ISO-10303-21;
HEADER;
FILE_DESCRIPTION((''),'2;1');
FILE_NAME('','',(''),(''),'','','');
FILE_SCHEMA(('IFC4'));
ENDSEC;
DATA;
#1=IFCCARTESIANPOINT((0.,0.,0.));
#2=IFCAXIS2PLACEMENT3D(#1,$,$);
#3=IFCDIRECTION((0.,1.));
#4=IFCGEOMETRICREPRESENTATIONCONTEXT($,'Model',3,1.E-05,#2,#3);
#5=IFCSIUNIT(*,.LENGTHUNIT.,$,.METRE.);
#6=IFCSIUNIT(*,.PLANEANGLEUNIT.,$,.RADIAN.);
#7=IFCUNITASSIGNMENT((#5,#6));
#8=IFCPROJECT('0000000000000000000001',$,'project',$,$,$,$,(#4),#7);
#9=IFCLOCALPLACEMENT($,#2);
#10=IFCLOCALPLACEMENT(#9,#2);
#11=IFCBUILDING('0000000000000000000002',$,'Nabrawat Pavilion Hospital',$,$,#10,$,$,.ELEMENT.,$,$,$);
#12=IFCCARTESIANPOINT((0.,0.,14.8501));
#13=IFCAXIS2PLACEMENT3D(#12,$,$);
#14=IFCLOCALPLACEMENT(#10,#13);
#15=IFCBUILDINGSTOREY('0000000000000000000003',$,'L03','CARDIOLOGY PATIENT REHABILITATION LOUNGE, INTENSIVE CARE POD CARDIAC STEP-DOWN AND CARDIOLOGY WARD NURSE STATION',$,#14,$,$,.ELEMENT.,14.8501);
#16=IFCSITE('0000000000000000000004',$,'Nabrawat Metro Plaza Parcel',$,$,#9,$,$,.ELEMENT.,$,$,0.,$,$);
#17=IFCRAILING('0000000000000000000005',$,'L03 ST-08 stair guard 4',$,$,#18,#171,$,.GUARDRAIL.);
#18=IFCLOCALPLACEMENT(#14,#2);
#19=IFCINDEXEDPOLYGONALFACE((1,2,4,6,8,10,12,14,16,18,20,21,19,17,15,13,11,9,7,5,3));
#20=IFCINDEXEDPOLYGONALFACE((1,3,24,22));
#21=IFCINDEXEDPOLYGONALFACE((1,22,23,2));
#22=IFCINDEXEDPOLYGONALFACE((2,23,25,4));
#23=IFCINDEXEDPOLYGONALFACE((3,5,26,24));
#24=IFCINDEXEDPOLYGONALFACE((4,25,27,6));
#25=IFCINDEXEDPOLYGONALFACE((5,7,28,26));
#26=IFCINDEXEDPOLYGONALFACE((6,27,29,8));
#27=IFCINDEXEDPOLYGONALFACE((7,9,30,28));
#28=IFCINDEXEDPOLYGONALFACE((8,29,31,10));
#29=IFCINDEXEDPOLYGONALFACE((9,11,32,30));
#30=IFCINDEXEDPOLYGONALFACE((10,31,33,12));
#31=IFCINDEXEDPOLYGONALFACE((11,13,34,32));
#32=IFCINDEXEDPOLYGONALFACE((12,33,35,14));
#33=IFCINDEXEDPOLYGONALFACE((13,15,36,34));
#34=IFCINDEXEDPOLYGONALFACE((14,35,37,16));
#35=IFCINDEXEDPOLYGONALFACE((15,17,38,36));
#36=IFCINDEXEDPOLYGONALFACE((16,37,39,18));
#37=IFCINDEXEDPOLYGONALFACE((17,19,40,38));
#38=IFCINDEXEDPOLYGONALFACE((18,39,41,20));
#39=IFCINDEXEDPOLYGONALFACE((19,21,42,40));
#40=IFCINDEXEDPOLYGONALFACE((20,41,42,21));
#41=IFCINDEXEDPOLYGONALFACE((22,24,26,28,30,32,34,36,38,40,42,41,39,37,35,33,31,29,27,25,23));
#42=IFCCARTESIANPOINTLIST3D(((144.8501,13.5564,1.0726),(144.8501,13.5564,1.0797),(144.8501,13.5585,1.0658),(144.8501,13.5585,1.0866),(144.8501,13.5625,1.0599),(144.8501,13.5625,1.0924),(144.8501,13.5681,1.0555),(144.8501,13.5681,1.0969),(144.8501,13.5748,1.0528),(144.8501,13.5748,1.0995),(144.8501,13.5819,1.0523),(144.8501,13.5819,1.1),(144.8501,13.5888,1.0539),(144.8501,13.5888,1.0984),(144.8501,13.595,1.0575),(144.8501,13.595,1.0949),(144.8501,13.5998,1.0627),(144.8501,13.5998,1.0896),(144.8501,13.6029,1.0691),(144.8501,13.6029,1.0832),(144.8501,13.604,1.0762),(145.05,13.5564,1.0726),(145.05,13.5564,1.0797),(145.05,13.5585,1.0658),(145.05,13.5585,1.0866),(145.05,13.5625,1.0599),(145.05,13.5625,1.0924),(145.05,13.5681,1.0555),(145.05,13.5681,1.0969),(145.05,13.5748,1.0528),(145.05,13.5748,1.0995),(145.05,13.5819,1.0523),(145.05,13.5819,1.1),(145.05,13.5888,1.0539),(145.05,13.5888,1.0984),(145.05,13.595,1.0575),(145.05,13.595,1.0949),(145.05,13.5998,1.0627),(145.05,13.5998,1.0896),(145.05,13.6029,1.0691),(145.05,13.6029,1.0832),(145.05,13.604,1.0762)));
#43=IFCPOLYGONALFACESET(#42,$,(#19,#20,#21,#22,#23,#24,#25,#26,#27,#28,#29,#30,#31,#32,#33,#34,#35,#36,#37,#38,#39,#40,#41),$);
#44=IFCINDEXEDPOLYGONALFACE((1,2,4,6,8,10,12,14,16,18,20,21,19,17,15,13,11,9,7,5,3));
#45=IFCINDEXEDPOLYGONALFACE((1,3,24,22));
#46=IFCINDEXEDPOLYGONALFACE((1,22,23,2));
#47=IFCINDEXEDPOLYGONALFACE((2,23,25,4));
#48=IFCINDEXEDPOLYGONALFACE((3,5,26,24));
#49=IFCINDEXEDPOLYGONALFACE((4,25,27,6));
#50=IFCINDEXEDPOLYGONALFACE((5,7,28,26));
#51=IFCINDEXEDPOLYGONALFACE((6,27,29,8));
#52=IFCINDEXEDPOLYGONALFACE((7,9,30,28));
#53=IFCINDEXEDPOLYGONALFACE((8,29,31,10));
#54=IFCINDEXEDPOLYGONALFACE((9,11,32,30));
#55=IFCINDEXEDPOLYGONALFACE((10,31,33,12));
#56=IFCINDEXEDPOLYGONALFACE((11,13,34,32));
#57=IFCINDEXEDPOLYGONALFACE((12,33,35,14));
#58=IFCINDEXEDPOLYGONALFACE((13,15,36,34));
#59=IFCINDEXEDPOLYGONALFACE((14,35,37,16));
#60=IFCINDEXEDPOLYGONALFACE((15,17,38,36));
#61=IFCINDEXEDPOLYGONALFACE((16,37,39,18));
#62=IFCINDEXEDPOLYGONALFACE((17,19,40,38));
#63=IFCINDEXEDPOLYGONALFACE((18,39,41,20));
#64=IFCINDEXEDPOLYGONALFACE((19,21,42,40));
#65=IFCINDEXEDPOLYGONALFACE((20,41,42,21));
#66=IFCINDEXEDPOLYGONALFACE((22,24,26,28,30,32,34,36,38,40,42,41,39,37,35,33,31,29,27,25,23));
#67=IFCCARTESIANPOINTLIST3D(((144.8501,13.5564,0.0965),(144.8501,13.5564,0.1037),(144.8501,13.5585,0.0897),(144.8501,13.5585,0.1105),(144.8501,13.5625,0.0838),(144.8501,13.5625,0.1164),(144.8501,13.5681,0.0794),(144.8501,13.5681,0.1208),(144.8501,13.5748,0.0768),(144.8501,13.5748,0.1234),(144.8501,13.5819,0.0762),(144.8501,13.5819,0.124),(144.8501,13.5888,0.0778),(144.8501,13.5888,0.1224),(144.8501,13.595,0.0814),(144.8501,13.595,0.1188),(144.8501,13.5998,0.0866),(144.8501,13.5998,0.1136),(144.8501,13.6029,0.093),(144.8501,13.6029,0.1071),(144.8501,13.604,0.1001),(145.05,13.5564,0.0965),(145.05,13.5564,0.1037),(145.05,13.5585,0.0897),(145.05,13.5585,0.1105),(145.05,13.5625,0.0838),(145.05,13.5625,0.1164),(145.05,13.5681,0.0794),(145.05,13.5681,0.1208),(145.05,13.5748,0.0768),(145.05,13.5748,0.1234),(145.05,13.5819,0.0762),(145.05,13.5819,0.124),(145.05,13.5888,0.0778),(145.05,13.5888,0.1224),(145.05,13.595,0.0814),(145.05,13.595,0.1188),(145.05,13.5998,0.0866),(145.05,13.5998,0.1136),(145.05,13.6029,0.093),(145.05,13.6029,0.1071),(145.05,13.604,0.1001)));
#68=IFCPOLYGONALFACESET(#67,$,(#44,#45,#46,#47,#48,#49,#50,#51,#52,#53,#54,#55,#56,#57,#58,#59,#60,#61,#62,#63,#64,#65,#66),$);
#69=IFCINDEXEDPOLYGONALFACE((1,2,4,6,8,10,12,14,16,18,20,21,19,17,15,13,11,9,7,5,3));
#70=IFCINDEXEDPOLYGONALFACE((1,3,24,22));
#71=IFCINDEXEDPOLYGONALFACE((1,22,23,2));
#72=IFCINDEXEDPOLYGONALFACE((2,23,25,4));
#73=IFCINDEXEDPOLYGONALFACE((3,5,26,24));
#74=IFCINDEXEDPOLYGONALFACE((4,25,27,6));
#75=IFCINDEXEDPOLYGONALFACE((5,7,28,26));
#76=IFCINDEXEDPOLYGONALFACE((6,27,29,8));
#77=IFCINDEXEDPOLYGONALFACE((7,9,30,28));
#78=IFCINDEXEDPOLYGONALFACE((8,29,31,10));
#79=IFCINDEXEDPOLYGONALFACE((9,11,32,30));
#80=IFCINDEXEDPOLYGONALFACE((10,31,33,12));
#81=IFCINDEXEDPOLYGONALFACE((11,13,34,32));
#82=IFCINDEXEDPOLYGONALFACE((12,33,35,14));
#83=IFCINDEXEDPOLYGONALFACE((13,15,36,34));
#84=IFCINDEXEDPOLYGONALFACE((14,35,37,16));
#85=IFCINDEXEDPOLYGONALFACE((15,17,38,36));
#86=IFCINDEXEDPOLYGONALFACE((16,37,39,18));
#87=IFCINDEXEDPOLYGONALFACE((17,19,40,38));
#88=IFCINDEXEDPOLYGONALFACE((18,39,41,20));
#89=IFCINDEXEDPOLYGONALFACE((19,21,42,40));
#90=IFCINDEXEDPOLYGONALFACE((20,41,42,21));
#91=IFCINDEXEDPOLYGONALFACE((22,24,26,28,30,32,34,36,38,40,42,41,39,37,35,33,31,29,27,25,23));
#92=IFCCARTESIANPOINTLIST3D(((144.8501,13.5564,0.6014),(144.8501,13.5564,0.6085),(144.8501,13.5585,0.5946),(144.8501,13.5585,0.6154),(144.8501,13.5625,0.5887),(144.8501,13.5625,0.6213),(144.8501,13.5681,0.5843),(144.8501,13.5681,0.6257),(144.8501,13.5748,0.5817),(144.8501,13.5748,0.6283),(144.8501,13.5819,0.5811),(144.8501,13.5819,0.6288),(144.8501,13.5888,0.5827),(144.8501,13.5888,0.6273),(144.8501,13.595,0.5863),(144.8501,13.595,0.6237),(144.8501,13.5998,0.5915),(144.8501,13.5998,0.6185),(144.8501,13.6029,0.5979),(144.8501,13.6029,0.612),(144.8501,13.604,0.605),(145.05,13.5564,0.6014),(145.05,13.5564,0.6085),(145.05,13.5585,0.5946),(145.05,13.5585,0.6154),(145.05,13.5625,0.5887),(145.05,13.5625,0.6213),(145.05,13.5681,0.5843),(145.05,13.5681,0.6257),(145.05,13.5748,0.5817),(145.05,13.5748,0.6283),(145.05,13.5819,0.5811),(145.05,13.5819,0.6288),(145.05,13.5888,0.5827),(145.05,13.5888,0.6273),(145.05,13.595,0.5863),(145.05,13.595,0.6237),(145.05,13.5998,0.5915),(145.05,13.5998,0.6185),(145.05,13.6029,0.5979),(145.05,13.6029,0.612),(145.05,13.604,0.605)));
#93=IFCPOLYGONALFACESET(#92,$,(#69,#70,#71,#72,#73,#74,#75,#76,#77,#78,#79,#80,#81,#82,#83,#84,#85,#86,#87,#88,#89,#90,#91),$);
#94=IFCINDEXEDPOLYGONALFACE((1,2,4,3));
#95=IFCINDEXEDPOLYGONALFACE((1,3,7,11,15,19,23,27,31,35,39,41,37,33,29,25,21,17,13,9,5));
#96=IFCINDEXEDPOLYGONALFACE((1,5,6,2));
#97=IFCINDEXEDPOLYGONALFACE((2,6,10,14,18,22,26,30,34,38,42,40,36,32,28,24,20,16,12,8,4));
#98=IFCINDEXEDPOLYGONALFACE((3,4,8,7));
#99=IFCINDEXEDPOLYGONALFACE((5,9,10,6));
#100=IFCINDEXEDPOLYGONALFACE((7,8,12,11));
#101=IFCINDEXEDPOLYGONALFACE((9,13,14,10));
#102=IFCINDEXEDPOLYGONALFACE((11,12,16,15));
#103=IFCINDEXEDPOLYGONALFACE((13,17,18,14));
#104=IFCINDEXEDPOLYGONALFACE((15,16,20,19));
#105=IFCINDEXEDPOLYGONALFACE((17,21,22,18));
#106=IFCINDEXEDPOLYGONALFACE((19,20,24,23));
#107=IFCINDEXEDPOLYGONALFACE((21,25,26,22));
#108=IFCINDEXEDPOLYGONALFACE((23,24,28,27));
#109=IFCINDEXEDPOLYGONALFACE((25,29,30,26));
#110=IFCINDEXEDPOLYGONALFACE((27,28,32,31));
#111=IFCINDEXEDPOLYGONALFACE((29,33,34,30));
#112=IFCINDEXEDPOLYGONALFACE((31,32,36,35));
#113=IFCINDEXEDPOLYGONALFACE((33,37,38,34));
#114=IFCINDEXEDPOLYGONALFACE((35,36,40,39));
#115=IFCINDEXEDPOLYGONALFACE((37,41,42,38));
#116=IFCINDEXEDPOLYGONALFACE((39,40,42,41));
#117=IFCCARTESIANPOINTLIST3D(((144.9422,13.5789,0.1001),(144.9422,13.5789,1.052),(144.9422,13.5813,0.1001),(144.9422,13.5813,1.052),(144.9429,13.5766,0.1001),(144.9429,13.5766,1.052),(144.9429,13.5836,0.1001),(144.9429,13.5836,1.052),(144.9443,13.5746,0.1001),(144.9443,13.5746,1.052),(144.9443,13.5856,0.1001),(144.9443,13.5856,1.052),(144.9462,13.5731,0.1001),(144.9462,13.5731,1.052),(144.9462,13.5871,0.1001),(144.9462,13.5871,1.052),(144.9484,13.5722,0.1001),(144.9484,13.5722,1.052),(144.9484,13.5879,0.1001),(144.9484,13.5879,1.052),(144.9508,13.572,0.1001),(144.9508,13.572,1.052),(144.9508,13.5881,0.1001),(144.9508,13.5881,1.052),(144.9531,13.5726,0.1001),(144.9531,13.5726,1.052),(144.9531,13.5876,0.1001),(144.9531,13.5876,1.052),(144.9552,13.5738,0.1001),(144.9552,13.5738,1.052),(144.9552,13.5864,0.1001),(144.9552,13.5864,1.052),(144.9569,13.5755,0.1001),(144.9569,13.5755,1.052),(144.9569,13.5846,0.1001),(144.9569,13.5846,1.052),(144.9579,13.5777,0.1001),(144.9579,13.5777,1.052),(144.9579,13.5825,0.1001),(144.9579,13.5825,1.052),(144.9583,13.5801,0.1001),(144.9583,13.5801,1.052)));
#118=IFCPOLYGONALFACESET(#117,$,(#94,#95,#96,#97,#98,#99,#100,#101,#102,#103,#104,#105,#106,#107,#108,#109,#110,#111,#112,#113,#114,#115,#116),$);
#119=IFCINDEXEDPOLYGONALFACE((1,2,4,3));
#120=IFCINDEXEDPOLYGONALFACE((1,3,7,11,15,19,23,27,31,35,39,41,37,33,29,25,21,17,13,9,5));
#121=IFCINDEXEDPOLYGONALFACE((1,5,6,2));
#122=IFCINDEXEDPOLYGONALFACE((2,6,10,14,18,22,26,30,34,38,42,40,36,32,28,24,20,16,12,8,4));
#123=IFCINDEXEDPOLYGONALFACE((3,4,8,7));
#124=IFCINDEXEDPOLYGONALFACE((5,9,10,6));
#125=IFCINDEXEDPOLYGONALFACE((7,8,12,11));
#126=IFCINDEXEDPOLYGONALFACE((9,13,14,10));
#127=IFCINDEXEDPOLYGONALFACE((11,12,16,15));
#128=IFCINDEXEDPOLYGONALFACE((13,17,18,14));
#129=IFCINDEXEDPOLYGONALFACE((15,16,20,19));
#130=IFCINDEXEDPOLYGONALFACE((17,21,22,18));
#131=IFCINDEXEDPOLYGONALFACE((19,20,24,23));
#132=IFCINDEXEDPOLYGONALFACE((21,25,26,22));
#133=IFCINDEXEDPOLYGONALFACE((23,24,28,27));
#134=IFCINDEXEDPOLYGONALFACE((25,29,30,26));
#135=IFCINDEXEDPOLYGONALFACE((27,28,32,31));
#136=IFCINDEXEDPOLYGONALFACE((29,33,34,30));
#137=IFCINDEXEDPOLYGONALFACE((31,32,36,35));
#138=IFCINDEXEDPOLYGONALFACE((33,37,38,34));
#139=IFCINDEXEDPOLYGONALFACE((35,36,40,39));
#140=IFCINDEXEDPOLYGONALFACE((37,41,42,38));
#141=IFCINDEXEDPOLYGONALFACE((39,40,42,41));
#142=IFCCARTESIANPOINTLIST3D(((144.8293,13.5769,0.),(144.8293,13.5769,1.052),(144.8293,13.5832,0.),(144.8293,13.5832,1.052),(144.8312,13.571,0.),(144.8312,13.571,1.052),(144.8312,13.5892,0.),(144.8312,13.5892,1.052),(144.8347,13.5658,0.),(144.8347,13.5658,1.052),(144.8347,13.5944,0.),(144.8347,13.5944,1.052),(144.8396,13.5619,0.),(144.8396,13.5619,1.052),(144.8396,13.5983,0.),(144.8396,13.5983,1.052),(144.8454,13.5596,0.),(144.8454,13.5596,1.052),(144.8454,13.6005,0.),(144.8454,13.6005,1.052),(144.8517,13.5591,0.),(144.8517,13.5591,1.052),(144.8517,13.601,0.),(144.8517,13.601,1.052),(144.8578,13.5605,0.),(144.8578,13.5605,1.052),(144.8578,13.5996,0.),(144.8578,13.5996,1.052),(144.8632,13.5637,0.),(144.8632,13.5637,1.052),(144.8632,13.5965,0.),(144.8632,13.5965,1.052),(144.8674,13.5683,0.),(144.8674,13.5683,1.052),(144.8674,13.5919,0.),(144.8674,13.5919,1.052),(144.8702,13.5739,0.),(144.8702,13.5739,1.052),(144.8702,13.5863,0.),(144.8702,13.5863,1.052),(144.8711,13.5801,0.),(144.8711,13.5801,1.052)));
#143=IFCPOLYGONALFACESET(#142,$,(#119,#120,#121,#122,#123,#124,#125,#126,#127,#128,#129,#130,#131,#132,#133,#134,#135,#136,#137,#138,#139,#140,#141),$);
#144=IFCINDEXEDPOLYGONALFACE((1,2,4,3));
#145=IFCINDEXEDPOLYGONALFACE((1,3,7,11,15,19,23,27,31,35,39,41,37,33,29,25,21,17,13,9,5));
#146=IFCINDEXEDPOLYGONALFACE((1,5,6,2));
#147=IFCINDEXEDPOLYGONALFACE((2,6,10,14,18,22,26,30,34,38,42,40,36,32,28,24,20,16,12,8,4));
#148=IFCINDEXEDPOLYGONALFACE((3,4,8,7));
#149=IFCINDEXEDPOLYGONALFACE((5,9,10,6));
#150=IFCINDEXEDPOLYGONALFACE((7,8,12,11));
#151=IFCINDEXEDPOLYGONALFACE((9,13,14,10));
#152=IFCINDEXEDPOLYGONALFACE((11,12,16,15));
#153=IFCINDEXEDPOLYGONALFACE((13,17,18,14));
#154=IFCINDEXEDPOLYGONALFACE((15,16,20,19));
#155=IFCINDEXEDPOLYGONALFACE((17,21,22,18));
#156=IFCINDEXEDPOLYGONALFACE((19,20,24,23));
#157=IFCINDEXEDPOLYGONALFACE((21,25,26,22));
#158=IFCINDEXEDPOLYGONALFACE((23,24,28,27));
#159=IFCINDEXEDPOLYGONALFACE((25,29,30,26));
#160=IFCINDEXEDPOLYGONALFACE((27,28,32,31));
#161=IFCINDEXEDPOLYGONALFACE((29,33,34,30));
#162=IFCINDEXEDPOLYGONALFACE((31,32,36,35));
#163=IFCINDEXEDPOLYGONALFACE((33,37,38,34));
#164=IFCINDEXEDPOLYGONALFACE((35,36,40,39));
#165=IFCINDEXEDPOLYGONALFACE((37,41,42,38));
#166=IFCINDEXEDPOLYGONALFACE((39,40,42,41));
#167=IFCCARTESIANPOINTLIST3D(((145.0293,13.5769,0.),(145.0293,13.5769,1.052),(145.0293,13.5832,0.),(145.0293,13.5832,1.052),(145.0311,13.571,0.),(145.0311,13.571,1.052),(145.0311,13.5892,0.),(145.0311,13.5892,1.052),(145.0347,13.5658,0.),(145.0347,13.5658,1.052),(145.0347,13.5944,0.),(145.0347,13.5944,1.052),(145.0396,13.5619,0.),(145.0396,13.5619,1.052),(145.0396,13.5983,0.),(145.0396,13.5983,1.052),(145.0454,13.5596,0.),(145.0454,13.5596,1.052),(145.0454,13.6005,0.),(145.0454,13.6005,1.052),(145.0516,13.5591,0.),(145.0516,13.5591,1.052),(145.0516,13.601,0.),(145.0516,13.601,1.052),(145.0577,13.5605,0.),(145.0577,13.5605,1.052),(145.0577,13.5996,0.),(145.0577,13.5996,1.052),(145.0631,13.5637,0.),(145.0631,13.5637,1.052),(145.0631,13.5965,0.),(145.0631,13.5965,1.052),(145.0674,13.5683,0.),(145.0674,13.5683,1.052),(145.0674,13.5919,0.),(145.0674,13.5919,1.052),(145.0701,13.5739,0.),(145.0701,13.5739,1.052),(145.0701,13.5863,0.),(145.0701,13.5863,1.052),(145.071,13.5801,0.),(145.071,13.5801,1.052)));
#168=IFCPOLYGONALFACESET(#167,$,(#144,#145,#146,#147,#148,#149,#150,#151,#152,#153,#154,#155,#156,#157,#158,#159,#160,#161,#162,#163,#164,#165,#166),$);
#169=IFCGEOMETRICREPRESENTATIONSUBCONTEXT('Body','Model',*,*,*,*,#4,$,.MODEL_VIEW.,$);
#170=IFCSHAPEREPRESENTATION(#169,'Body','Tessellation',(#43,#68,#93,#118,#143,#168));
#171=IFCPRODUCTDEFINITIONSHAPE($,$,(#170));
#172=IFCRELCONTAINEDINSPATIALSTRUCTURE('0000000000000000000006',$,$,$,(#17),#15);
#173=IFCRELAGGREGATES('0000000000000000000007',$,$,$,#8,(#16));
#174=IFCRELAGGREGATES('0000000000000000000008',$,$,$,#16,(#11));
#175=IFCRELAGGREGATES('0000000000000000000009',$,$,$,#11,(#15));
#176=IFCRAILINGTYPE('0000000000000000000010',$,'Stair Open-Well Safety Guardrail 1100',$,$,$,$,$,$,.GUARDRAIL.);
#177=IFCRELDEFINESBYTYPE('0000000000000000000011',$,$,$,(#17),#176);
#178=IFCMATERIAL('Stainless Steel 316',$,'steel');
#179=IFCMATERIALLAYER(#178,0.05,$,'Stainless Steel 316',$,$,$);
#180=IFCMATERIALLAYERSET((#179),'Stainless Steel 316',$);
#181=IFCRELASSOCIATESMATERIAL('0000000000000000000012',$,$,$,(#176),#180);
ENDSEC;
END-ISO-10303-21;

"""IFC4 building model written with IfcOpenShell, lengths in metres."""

from ifc_helpers import new_model, si_unit, direction, frame, origin, origin_2d, place, context, subcontext, project, spatial, circle, extrude, material, layer, layer_set, type_object, element, save


model = new_model("IFC4")

# Units and contexts
model_context = context("Model", 3, precision=1e-05, world=origin(), true_north=direction((0.0, 1.0)))
body_context = subcontext(model_context, "Body", "Model", "MODEL_VIEW")
ifc_project = project(units=[si_unit("LENGTHUNIT", "METRE"), si_unit("PLANEANGLEUNIT", "RADIAN")], contexts=[model_context])

# Site, building, storey
site_placement = place(None, origin())
site = spatial("IfcSite", under=ifc_project, at=site_placement, Name="Nabrawat Metro Plaza Parcel", CompositionType="ELEMENT", RefElevation=0.0)
building_placement = place(site_placement, origin())
building = spatial("IfcBuilding", under=site, at=building_placement, Name="Nabrawat Pavilion Hospital", CompositionType="ELEMENT")
storey_placement = place(building_placement, frame((0.0, 0.0, 14.8501)))
storey = spatial("IfcBuildingStorey", under=building, at=storey_placement, Name="L03", Description="CARDIOLOGY PATIENT REHABILITATION LOUNGE, INTENSIVE CARE POD CARDIAC STEP-DOWN AND CARDIOLOGY WARD NURSE STATION", CompositionType="ELEMENT", Elevation=14.8501)

# Railing
ifc_material_1 = material(Name="Stainless Steel 316", Category="steel")
ifc_layer_1 = layer(ifc_material_1, 0.05, Name="Stainless Steel 316")
ifc_layer_set_1 = layer_set([ifc_layer_1], Name="Stainless Steel 316")
railing_type_1 = type_object("IfcRailingType", Name="Stair Open-Well Safety Guardrail 1100", PredefinedType="GUARDRAIL", material=ifc_layer_set_1)
railing_1_placement = place(storey_placement, frame((144.8501, 13.5801, 0.0)))
element("IfcRailing", 1, at=railing_1_placement, inside=storey, type_object=railing_type_1, Name="L03 ST-08 stair guard 4", PredefinedType="GUARDRAIL", context=body_context, shape_type="SweptSolid", body=[
    extrude(circle(Radius=0.0239, at=origin_2d()), frame((0.0, 0.0, 1.0762), z_axis=(1.0, 0.0, 0.0), x_axis=(0.0, 1.0, 0.0)), (0.0, 0.0, 1.0), 0.2),
    extrude(circle(Radius=0.0239, at=origin_2d()), frame((0.0, 0.0, 0.1001), z_axis=(1.0, 0.0, 0.0), x_axis=(0.0, 1.0, 0.0)), (0.0, 0.0, 1.0), 0.2),
    extrude(circle(Radius=0.0239, at=origin_2d()), frame((0.0, 0.0, 0.605), z_axis=(1.0, 0.0, 0.0), x_axis=(0.0, 1.0, 0.0)), (0.0, 0.0, 1.0), 0.2),
    extrude(circle(Radius=0.0081, at=origin_2d()), frame((0.1001, 0.0, 0.1001)), (0.0, 0.0, 1.0), 0.9519),
    extrude(circle(Radius=0.021, at=origin_2d()), origin(), (0.0, 0.0, 1.0), 1.052),
    extrude(circle(Radius=0.021, at=origin_2d()), frame((0.2, 0.0, 0.0)), (0.0, 0.0, 1.0), 1.052),
])

save(model, "model.ifc")
